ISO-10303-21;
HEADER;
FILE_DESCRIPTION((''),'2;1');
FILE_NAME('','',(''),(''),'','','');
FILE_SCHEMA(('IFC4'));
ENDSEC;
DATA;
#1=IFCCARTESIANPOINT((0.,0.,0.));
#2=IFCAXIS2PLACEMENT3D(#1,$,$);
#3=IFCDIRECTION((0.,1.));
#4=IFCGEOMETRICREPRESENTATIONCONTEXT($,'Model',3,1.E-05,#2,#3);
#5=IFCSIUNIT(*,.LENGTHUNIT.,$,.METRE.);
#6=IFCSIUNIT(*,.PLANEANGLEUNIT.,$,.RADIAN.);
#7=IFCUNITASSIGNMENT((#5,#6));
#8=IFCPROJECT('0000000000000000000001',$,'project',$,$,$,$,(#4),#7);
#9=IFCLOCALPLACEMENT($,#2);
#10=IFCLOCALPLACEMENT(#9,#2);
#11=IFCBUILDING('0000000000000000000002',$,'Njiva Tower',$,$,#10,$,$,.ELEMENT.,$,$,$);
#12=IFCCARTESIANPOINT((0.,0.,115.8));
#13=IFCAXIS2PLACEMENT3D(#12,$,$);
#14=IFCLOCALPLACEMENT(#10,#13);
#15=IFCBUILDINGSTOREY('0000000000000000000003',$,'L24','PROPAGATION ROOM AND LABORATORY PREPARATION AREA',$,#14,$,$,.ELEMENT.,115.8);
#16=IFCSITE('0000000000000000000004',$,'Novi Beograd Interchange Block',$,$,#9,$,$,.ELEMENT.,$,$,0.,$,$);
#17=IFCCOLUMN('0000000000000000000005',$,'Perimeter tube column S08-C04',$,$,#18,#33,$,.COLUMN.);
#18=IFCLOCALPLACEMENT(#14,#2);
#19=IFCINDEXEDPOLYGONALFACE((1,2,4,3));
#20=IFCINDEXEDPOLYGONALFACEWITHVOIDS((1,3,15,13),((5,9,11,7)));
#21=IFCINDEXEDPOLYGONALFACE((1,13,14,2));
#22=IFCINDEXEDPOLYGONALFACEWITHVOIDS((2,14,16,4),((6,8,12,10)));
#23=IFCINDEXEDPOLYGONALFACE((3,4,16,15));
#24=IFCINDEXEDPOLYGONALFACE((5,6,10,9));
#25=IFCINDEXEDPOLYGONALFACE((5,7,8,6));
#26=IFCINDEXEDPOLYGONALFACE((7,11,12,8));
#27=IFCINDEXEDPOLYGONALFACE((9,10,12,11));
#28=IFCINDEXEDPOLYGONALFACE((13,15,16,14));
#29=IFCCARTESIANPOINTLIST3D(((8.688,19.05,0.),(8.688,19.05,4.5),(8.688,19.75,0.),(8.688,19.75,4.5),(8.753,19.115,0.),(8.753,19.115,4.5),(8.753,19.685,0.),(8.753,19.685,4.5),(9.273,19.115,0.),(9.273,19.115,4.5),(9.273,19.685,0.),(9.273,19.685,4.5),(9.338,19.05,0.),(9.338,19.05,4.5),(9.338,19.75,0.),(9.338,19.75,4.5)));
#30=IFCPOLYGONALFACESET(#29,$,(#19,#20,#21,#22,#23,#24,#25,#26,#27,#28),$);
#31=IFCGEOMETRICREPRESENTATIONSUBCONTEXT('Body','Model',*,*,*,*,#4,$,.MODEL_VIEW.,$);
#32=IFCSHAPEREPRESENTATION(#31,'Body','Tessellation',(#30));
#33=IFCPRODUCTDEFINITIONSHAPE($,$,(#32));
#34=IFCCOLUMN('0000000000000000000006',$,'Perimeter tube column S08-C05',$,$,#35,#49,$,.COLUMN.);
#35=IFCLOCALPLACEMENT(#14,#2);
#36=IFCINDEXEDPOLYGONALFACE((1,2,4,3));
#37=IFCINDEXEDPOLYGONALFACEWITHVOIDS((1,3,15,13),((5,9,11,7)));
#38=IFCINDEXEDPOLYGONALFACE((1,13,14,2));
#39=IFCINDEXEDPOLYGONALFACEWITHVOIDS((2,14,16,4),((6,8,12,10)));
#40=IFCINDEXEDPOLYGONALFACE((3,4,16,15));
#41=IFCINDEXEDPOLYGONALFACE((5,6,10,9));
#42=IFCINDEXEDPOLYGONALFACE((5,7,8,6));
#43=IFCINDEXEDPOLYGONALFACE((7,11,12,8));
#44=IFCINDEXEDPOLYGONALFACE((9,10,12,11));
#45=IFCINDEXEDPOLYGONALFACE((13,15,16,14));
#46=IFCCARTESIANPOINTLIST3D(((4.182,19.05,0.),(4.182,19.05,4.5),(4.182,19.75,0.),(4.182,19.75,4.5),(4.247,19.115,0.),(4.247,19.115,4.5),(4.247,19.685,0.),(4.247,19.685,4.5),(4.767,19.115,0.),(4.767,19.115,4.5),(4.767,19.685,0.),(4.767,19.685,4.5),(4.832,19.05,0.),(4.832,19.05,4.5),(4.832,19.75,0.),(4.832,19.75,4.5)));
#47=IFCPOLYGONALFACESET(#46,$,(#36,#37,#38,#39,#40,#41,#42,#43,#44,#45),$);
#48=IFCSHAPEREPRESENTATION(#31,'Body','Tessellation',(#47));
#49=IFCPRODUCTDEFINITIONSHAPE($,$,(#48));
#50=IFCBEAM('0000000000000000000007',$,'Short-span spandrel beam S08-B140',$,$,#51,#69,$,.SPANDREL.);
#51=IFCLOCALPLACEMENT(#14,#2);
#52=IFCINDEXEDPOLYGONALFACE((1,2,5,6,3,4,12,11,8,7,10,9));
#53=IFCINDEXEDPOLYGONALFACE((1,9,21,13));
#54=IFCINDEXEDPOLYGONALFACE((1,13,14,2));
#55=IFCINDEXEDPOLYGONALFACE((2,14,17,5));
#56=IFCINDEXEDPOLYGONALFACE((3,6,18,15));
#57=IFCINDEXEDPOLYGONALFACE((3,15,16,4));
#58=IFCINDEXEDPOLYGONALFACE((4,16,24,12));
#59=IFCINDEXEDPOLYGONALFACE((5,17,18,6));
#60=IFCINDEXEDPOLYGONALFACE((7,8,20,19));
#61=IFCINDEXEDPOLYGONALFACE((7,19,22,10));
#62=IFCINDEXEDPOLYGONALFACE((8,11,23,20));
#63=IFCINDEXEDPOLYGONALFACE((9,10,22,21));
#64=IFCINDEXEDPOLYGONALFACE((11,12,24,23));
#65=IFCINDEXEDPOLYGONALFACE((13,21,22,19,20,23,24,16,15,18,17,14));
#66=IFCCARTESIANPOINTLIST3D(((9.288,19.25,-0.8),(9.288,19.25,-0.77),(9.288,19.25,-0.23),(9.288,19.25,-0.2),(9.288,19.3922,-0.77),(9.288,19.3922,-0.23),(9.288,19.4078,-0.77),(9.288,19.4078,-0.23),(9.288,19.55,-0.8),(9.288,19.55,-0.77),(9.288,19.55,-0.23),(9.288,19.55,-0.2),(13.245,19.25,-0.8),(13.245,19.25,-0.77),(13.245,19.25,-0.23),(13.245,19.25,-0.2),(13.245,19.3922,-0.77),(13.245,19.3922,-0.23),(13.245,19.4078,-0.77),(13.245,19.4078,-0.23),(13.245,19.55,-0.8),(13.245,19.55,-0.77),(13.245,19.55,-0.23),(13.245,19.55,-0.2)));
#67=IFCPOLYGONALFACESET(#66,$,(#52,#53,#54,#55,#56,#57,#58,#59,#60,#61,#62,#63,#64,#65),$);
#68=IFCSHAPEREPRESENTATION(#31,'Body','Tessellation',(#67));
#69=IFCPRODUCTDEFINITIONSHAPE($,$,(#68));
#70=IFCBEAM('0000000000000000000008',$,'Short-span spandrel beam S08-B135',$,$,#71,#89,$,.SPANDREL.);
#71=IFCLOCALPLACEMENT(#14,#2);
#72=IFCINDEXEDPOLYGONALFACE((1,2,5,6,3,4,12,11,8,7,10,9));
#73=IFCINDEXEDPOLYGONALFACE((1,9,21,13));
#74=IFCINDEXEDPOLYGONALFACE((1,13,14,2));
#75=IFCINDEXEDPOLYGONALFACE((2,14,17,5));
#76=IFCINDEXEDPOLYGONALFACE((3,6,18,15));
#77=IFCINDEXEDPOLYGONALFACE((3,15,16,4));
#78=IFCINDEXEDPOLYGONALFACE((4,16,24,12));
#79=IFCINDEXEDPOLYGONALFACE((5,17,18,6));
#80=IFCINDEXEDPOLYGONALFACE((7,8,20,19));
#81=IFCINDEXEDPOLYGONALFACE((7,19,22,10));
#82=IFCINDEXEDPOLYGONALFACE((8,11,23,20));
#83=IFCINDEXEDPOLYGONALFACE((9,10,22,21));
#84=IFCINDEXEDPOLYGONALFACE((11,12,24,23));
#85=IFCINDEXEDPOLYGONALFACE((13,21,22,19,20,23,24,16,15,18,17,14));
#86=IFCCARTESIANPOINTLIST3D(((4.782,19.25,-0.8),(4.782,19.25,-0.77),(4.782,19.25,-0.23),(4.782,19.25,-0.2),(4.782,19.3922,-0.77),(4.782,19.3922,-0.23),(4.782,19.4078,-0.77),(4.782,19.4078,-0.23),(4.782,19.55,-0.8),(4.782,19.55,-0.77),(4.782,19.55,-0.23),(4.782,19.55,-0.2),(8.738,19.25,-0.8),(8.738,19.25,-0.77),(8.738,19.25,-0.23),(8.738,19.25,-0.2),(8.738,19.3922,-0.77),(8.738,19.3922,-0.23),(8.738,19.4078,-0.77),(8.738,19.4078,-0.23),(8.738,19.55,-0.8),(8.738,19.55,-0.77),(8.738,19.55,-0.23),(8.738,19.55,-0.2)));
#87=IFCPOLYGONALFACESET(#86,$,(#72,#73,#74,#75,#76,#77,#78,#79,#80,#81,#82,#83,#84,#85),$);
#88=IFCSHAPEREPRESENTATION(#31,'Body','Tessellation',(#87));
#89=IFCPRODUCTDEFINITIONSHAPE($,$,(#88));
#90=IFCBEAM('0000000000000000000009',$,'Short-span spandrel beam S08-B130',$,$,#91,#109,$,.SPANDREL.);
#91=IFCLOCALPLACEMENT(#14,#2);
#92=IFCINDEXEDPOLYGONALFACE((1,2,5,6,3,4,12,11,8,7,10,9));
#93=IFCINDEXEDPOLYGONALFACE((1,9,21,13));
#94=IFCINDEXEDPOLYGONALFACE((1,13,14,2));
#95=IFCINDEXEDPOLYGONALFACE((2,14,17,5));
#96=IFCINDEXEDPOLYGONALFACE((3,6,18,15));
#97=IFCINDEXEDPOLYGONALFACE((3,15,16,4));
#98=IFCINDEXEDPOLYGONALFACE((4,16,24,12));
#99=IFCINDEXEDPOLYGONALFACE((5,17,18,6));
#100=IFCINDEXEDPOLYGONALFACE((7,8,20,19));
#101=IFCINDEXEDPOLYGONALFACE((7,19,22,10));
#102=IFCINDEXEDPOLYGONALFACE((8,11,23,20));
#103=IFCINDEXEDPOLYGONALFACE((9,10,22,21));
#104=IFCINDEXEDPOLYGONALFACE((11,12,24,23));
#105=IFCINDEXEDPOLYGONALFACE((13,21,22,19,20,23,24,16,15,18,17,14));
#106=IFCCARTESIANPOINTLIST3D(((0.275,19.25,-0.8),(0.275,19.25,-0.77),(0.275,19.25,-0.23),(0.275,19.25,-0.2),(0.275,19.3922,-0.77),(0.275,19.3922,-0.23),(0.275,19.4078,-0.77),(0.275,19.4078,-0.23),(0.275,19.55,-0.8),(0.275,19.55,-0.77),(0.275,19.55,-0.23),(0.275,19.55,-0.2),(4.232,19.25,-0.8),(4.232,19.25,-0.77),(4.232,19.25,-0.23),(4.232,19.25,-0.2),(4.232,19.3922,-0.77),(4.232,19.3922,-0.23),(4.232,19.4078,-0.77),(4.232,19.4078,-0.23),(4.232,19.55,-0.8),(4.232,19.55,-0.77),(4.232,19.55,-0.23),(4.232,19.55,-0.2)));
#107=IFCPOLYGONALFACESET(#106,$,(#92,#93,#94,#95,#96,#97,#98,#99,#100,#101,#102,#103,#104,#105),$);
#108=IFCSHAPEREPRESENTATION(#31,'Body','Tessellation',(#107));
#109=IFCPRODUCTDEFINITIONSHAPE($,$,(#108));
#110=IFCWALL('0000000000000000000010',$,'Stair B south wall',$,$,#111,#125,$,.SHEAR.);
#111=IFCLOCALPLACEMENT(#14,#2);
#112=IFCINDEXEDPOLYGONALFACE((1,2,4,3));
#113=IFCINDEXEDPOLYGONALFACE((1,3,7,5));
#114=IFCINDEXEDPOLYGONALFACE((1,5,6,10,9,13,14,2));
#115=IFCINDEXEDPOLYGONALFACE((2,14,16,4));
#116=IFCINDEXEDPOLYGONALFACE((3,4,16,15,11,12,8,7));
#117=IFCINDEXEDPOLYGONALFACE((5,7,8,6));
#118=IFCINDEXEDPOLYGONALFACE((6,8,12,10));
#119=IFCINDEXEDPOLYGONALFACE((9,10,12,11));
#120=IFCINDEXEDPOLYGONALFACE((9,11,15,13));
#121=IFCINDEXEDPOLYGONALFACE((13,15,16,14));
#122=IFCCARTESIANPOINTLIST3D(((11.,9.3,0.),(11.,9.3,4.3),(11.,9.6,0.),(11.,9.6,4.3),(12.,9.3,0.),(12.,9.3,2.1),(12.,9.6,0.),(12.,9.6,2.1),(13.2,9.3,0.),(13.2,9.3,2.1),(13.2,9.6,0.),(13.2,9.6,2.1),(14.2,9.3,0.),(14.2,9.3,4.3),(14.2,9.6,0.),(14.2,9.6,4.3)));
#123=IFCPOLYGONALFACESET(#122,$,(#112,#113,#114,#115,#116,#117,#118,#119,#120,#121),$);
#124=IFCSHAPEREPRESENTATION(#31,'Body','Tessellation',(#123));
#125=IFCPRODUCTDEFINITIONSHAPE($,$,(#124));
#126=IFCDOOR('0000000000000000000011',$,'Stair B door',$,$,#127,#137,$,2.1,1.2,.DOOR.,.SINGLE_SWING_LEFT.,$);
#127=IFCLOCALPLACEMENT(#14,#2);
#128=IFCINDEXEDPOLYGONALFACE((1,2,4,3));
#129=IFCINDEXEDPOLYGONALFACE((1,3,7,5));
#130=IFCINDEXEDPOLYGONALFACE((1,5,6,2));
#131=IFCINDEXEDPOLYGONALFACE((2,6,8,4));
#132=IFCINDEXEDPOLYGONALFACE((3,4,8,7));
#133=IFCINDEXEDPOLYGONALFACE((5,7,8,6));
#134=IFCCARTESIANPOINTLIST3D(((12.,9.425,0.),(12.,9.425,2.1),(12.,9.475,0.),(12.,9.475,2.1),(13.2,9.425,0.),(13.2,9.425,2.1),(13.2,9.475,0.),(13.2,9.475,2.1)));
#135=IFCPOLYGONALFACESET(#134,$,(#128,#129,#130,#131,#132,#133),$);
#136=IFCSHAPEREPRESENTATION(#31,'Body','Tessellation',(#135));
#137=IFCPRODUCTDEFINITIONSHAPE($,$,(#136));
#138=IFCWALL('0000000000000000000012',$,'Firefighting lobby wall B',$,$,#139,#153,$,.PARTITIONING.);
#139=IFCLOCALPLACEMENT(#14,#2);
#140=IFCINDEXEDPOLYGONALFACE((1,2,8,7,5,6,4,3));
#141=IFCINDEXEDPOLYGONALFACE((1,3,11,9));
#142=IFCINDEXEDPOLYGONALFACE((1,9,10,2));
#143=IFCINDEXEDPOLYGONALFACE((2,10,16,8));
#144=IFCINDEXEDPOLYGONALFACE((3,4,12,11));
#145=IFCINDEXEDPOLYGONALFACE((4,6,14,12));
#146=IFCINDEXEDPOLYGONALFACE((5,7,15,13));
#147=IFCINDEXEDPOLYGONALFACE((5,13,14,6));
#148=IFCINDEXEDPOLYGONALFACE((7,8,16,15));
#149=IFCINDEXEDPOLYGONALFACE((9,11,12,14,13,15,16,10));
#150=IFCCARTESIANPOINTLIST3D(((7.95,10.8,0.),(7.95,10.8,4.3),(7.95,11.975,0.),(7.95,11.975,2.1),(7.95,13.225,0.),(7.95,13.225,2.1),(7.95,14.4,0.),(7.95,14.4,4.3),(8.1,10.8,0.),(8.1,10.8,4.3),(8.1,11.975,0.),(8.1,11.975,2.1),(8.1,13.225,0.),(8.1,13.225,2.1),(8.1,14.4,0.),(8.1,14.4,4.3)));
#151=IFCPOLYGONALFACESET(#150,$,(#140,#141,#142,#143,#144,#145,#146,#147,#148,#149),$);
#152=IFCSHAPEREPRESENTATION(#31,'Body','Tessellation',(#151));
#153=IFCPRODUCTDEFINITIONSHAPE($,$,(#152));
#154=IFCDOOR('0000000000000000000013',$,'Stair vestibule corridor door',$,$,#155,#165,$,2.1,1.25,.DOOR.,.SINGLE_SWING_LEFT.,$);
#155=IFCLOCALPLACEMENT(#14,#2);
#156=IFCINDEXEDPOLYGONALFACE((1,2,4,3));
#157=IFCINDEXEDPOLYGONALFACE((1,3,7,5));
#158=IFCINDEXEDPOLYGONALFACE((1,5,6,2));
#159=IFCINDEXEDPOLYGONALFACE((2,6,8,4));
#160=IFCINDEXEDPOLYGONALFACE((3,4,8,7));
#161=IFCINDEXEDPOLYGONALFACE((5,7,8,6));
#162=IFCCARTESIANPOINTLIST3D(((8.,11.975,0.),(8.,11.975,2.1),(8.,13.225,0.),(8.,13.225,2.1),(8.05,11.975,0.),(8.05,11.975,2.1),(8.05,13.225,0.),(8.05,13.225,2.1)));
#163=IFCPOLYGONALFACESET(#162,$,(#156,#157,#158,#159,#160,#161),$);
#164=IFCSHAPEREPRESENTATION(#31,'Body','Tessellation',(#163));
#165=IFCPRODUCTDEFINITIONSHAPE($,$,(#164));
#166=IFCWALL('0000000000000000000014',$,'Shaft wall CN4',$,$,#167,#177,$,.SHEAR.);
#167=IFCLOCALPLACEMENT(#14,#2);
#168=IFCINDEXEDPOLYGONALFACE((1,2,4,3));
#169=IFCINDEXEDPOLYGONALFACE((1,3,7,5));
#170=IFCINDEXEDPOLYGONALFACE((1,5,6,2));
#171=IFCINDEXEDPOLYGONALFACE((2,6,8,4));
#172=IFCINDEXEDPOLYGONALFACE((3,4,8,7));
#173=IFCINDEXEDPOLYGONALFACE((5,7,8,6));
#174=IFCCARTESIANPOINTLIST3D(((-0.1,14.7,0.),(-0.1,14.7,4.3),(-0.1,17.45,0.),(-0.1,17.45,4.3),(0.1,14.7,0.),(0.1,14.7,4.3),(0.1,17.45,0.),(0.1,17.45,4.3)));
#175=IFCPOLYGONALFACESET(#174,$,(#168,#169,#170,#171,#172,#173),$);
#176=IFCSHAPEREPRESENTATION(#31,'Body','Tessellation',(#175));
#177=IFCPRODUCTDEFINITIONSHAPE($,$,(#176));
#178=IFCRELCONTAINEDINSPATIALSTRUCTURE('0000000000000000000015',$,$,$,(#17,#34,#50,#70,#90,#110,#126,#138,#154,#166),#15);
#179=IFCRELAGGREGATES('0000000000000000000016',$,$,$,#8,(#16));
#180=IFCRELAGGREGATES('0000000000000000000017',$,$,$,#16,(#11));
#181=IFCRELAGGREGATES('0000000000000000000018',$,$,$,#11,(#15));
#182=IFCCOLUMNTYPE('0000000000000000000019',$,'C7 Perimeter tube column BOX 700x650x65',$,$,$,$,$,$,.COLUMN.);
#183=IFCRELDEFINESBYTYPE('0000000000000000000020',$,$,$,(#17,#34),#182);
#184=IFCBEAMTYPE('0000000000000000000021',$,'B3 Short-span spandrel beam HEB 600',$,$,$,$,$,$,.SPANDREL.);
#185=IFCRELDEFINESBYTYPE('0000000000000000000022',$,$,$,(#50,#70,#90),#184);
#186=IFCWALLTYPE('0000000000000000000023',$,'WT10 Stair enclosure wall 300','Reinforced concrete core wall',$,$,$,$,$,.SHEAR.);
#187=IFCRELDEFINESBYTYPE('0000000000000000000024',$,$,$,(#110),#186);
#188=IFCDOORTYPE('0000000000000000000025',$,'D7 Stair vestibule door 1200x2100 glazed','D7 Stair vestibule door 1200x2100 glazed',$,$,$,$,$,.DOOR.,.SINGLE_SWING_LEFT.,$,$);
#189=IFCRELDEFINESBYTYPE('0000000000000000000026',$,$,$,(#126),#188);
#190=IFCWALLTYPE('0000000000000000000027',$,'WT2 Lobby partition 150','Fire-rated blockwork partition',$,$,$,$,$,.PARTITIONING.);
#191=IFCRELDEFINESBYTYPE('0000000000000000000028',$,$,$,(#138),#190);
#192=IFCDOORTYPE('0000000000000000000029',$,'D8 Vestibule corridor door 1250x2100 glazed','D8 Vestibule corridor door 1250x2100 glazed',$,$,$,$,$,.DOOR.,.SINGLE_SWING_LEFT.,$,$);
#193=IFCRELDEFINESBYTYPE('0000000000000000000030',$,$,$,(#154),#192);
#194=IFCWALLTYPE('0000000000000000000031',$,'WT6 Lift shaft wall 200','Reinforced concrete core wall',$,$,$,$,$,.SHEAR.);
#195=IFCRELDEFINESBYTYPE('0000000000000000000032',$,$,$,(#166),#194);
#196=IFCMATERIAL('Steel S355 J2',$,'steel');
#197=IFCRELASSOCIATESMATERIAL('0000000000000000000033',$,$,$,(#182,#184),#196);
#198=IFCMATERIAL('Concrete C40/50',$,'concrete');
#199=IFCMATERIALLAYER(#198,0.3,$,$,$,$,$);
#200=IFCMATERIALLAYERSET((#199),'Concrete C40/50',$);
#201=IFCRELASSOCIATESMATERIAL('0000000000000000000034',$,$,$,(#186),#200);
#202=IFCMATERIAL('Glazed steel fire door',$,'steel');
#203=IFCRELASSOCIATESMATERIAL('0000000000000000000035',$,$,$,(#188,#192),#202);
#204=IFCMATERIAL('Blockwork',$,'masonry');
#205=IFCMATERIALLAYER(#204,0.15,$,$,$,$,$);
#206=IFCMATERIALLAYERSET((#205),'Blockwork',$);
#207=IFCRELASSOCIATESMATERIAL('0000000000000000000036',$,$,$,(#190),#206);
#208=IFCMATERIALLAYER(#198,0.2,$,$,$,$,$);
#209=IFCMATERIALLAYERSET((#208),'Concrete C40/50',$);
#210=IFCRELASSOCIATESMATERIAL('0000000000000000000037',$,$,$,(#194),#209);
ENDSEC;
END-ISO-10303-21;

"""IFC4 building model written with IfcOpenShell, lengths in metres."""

from ifc_helpers import new_model, si_unit, direction, frame, frame_2d, origin, origin_2d, place, context, subcontext, project, spatial, rectangle, hollow_rectangle, i_section, extrude, material, layer, layer_set, material_profile, profile_set, type_object, element, fill, save


model = new_model("IFC4")

# Units and contexts
model_context = context("Model", 3, precision=1e-05, world=origin(), true_north=direction((0.0, 1.0)))
body_context = subcontext(model_context, "Body", "Model", "MODEL_VIEW")
ifc_project = project(units=[si_unit("LENGTHUNIT", "METRE"), si_unit("PLANEANGLEUNIT", "RADIAN")], contexts=[model_context])

# Site, building, storey
site_placement = place(None, origin())
site = spatial("IfcSite", under=ifc_project, at=site_placement, Name="Novi Beograd Interchange Block", CompositionType="ELEMENT", RefElevation=0.0)
building_placement = place(site_placement, origin())
building = spatial("IfcBuilding", under=site, at=building_placement, Name="Njiva Tower", CompositionType="ELEMENT")
storey_placement = place(building_placement, frame((0.0, 0.0, 115.8)))
storey = spatial("IfcBuildingStorey", under=building, at=storey_placement, Name="L24", Description="PROPAGATION ROOM AND LABORATORY PREPARATION AREA", CompositionType="ELEMENT", Elevation=115.8)

# Columns
ifc_material_1 = material(Name="Steel S355 J2", Category="steel")
ifc_material_profile_1 = material_profile(ifc_material_1, hollow_rectangle(XDim=0.65, YDim=0.7, WallThickness=0.065, at=origin_2d()), Name="BOX 700x650x65")
ifc_profile_set_1 = profile_set([ifc_material_profile_1], Name="Steel S355 J2")
column_type = type_object("IfcColumnType", Name="C7 Perimeter tube column BOX 700x650x65", PredefinedType="COLUMN", material=ifc_profile_set_1)
for number, where, z_axis, x_axis, name in (
    (1, (9.013, 19.4, 0.0), (0.0, 0.0, 1.0), (-1.0, 0.0, 0.0), "Perimeter tube column S08-C04"),
    (2, (4.507, 19.4, 0.0), (0.0, 0.0, 1.0), (-1.0, 0.0, 0.0), "Perimeter tube column S08-C05"),
):
    element("IfcColumn", number, at=place(storey_placement, frame(where, z_axis=z_axis, x_axis=x_axis)), inside=storey, type_object=column_type, Name=name, PredefinedType="COLUMN", context=body_context, shape_type="SweptSolid", body=[
        extrude(hollow_rectangle(XDim=0.65, YDim=0.7, WallThickness=0.065, at=origin_2d()), origin(), (0.0, 0.0, 1.0), 4.5),
    ])

# Beams
ifc_material_profile_2 = material_profile(ifc_material_1, i_section(OverallWidth=0.3, OverallDepth=0.6, WebThickness=0.0155, FlangeThickness=0.03, at=origin_2d()), Name="HEB 600")
ifc_profile_set_2 = profile_set([ifc_material_profile_2], Name="Steel S355 J2")
beam_type = type_object("IfcBeamType", Name="B3 Short-span spandrel beam HEB 600", PredefinedType="SPANDREL", material=ifc_profile_set_2)
beam_1_placement = place(storey_placement, frame((13.245, 19.4, -0.5), z_axis=(-1.0, 0.0, 0.0), x_axis=(0.0, -1.0, 0.0)))
element("IfcBeam", 3, at=beam_1_placement, inside=storey, type_object=beam_type, Name="Short-span spandrel beam S08-B140", PredefinedType="SPANDREL", context=body_context, shape_type="SweptSolid", body=[
    extrude(i_section(OverallWidth=0.3, OverallDepth=0.6, WebThickness=0.0155, FlangeThickness=0.03, at=origin_2d()), origin(), (0.0, 0.0, 1.0), 3.957),
])
beam_2_placement = place(storey_placement, frame((8.738, 19.4, -0.5), z_axis=(-1.0, 0.0, 0.0), x_axis=(0.0, -1.0, 0.0)))
element("IfcBeam", 4, at=beam_2_placement, inside=storey, type_object=beam_type, Name="Short-span spandrel beam S08-B135", PredefinedType="SPANDREL", context=body_context, shape_type="SweptSolid", body=[
    extrude(i_section(OverallWidth=0.3, OverallDepth=0.6, WebThickness=0.0155, FlangeThickness=0.03, at=origin_2d()), origin(), (0.0, 0.0, 1.0), 3.956),
])
beam_3_placement = place(storey_placement, frame((4.232, 19.4, -0.5), z_axis=(-1.0, 0.0, 0.0), x_axis=(0.0, -1.0, 0.0)))
element("IfcBeam", 5, at=beam_3_placement, inside=storey, type_object=beam_type, Name="Short-span spandrel beam S08-B130", PredefinedType="SPANDREL", context=body_context, shape_type="SweptSolid", body=[
    extrude(i_section(OverallWidth=0.3, OverallDepth=0.6, WebThickness=0.0155, FlangeThickness=0.03, at=origin_2d()), origin(), (0.0, 0.0, 1.0), 3.957),
])

# Walls, openings, doors
ifc_material_2 = material(Name="Concrete C40/50", Category="concrete")
ifc_layer_1 = layer(ifc_material_2, 0.3)
ifc_layer_set_1 = layer_set([ifc_layer_1], Name="Concrete C40/50")
wall_type_1 = type_object("IfcWallType", Name="WT10 Stair enclosure wall 300", Description="Reinforced concrete core wall", PredefinedType="SHEAR", material=ifc_layer_set_1)
wall_1_placement = place(storey_placement, frame((11.0, 9.45, 0.0), z_axis=(0.0, 0.0, 1.0), x_axis=(1.0, 0.0, 0.0)))
wall_1 = element("IfcWall", 6, at=wall_1_placement, inside=storey, type_object=wall_type_1, Name="Stair B south wall", PredefinedType="SHEAR", context=body_context, shape_type="SweptSolid", body=[
    extrude(rectangle(XDim=3.2, YDim=0.3, at=frame_2d((1.6, 0.0))), origin(), (0.0, 0.0, 1.0), 4.3),
])
opening_1_placement = place(wall_1_placement, frame((1.0, 0.0, 0.0)))
opening_1 = element("IfcOpeningElement", 7, at=opening_1_placement, cuts=wall_1, PredefinedType="OPENING", context=body_context, shape_type="SweptSolid", body=[
    extrude(rectangle(XDim=1.2, YDim=2.1, at=frame_2d((0.6, 1.05))), frame((0.0, 0.16, 0.0), z_axis=(0.0, -1.0, 0.0), x_axis=(1.0, 0.0, 0.0)), (0.0, 0.0, 1.0), 0.32),
])
ifc_material_3 = material(Name="Glazed steel fire door", Category="steel")
door_type_1 = type_object("IfcDoorType", Name="D7 Stair vestibule door 1200x2100 glazed", Description="D7 Stair vestibule door 1200x2100 glazed", OperationType="SINGLE_SWING_LEFT", PredefinedType="DOOR", material=ifc_material_3)
door_1_placement = place(opening_1_placement, origin())
door_1 = element("IfcDoor", 8, at=door_1_placement, inside=storey, type_object=door_type_1, Name="Stair B door", OperationType="SINGLE_SWING_LEFT", OverallHeight=2.1, OverallWidth=1.2, PredefinedType="DOOR", context=body_context, shape_type="SweptSolid", body=[
    extrude(rectangle(XDim=1.2, YDim=2.1, at=frame_2d((0.6, 1.05))), frame((0.0, 0.025, 0.0), z_axis=(0.0, -1.0, 0.0), x_axis=(1.0, 0.0, 0.0)), (0.0, 0.0, 1.0), 0.05),
])
fill(opening_1, door_1)
ifc_material_4 = material(Name="Blockwork", Category="masonry")
ifc_layer_2 = layer(ifc_material_4, 0.15)
ifc_layer_set_2 = layer_set([ifc_layer_2], Name="Blockwork")
wall_type_2 = type_object("IfcWallType", Name="WT2 Lobby partition 150", Description="Fire-rated blockwork partition", PredefinedType="PARTITIONING", material=ifc_layer_set_2)
wall_2_placement = place(storey_placement, frame((8.025, 10.8, 0.0), z_axis=(0.0, 0.0, 1.0), x_axis=(0.0, 1.0, 0.0)))
wall_2 = element("IfcWall", 9, at=wall_2_placement, inside=storey, type_object=wall_type_2, Name="Firefighting lobby wall B", PredefinedType="PARTITIONING", context=body_context, shape_type="SweptSolid", body=[
    extrude(rectangle(XDim=3.6, YDim=0.15, at=frame_2d((1.8, 0.0))), origin(), (0.0, 0.0, 1.0), 4.3),
])
opening_2_placement = place(wall_2_placement, frame((1.175, 0.0, 0.0)))
opening_2 = element("IfcOpeningElement", 10, at=opening_2_placement, cuts=wall_2, PredefinedType="OPENING", context=body_context, shape_type="SweptSolid", body=[
    extrude(rectangle(XDim=1.25, YDim=2.1, at=frame_2d((0.625, 1.05))), frame((0.0, 0.085, 0.0), z_axis=(0.0, -1.0, 0.0), x_axis=(1.0, 0.0, 0.0)), (0.0, 0.0, 1.0), 0.17),
])
door_type_2 = type_object("IfcDoorType", Name="D8 Vestibule corridor door 1250x2100 glazed", Description="D8 Vestibule corridor door 1250x2100 glazed", OperationType="SINGLE_SWING_LEFT", PredefinedType="DOOR", material=ifc_material_3)
door_2_placement = place(opening_2_placement, origin())
door_2 = element("IfcDoor", 11, at=door_2_placement, inside=storey, type_object=door_type_2, Name="Stair vestibule corridor door", OperationType="SINGLE_SWING_LEFT", OverallHeight=2.1, OverallWidth=1.25, PredefinedType="DOOR", context=body_context, shape_type="SweptSolid", body=[
    extrude(rectangle(XDim=1.25, YDim=2.1, at=frame_2d((0.625, 1.05))), frame((0.0, 0.025, 0.0), z_axis=(0.0, -1.0, 0.0), x_axis=(1.0, 0.0, 0.0)), (0.0, 0.0, 1.0), 0.05),
])
fill(opening_2, door_2)

# Wall
ifc_layer_3 = layer(ifc_material_2, 0.2)
ifc_layer_set_3 = layer_set([ifc_layer_3], Name="Concrete C40/50")
wall_type_3 = type_object("IfcWallType", Name="WT6 Lift shaft wall 200", Description="Reinforced concrete core wall", PredefinedType="SHEAR", material=ifc_layer_set_3)
for number, where, z_axis, x_axis, name in (
    (12, (0.0, 14.7, 0.0), (0.0, 0.0, 1.0), (0.0, 1.0, 0.0), "Shaft wall CN4"),
):
    element("IfcWall", number, at=place(storey_placement, frame(where, z_axis=z_axis, x_axis=x_axis)), inside=storey, type_object=wall_type_3, Name=name, PredefinedType="SHEAR", context=body_context, shape_type="SweptSolid", body=[
        extrude(rectangle(XDim=2.75, YDim=0.2, at=frame_2d((1.375, 0.0))), origin(), (0.0, 0.0, 1.0), 4.3),
    ])

save(model, "model.ifc")
